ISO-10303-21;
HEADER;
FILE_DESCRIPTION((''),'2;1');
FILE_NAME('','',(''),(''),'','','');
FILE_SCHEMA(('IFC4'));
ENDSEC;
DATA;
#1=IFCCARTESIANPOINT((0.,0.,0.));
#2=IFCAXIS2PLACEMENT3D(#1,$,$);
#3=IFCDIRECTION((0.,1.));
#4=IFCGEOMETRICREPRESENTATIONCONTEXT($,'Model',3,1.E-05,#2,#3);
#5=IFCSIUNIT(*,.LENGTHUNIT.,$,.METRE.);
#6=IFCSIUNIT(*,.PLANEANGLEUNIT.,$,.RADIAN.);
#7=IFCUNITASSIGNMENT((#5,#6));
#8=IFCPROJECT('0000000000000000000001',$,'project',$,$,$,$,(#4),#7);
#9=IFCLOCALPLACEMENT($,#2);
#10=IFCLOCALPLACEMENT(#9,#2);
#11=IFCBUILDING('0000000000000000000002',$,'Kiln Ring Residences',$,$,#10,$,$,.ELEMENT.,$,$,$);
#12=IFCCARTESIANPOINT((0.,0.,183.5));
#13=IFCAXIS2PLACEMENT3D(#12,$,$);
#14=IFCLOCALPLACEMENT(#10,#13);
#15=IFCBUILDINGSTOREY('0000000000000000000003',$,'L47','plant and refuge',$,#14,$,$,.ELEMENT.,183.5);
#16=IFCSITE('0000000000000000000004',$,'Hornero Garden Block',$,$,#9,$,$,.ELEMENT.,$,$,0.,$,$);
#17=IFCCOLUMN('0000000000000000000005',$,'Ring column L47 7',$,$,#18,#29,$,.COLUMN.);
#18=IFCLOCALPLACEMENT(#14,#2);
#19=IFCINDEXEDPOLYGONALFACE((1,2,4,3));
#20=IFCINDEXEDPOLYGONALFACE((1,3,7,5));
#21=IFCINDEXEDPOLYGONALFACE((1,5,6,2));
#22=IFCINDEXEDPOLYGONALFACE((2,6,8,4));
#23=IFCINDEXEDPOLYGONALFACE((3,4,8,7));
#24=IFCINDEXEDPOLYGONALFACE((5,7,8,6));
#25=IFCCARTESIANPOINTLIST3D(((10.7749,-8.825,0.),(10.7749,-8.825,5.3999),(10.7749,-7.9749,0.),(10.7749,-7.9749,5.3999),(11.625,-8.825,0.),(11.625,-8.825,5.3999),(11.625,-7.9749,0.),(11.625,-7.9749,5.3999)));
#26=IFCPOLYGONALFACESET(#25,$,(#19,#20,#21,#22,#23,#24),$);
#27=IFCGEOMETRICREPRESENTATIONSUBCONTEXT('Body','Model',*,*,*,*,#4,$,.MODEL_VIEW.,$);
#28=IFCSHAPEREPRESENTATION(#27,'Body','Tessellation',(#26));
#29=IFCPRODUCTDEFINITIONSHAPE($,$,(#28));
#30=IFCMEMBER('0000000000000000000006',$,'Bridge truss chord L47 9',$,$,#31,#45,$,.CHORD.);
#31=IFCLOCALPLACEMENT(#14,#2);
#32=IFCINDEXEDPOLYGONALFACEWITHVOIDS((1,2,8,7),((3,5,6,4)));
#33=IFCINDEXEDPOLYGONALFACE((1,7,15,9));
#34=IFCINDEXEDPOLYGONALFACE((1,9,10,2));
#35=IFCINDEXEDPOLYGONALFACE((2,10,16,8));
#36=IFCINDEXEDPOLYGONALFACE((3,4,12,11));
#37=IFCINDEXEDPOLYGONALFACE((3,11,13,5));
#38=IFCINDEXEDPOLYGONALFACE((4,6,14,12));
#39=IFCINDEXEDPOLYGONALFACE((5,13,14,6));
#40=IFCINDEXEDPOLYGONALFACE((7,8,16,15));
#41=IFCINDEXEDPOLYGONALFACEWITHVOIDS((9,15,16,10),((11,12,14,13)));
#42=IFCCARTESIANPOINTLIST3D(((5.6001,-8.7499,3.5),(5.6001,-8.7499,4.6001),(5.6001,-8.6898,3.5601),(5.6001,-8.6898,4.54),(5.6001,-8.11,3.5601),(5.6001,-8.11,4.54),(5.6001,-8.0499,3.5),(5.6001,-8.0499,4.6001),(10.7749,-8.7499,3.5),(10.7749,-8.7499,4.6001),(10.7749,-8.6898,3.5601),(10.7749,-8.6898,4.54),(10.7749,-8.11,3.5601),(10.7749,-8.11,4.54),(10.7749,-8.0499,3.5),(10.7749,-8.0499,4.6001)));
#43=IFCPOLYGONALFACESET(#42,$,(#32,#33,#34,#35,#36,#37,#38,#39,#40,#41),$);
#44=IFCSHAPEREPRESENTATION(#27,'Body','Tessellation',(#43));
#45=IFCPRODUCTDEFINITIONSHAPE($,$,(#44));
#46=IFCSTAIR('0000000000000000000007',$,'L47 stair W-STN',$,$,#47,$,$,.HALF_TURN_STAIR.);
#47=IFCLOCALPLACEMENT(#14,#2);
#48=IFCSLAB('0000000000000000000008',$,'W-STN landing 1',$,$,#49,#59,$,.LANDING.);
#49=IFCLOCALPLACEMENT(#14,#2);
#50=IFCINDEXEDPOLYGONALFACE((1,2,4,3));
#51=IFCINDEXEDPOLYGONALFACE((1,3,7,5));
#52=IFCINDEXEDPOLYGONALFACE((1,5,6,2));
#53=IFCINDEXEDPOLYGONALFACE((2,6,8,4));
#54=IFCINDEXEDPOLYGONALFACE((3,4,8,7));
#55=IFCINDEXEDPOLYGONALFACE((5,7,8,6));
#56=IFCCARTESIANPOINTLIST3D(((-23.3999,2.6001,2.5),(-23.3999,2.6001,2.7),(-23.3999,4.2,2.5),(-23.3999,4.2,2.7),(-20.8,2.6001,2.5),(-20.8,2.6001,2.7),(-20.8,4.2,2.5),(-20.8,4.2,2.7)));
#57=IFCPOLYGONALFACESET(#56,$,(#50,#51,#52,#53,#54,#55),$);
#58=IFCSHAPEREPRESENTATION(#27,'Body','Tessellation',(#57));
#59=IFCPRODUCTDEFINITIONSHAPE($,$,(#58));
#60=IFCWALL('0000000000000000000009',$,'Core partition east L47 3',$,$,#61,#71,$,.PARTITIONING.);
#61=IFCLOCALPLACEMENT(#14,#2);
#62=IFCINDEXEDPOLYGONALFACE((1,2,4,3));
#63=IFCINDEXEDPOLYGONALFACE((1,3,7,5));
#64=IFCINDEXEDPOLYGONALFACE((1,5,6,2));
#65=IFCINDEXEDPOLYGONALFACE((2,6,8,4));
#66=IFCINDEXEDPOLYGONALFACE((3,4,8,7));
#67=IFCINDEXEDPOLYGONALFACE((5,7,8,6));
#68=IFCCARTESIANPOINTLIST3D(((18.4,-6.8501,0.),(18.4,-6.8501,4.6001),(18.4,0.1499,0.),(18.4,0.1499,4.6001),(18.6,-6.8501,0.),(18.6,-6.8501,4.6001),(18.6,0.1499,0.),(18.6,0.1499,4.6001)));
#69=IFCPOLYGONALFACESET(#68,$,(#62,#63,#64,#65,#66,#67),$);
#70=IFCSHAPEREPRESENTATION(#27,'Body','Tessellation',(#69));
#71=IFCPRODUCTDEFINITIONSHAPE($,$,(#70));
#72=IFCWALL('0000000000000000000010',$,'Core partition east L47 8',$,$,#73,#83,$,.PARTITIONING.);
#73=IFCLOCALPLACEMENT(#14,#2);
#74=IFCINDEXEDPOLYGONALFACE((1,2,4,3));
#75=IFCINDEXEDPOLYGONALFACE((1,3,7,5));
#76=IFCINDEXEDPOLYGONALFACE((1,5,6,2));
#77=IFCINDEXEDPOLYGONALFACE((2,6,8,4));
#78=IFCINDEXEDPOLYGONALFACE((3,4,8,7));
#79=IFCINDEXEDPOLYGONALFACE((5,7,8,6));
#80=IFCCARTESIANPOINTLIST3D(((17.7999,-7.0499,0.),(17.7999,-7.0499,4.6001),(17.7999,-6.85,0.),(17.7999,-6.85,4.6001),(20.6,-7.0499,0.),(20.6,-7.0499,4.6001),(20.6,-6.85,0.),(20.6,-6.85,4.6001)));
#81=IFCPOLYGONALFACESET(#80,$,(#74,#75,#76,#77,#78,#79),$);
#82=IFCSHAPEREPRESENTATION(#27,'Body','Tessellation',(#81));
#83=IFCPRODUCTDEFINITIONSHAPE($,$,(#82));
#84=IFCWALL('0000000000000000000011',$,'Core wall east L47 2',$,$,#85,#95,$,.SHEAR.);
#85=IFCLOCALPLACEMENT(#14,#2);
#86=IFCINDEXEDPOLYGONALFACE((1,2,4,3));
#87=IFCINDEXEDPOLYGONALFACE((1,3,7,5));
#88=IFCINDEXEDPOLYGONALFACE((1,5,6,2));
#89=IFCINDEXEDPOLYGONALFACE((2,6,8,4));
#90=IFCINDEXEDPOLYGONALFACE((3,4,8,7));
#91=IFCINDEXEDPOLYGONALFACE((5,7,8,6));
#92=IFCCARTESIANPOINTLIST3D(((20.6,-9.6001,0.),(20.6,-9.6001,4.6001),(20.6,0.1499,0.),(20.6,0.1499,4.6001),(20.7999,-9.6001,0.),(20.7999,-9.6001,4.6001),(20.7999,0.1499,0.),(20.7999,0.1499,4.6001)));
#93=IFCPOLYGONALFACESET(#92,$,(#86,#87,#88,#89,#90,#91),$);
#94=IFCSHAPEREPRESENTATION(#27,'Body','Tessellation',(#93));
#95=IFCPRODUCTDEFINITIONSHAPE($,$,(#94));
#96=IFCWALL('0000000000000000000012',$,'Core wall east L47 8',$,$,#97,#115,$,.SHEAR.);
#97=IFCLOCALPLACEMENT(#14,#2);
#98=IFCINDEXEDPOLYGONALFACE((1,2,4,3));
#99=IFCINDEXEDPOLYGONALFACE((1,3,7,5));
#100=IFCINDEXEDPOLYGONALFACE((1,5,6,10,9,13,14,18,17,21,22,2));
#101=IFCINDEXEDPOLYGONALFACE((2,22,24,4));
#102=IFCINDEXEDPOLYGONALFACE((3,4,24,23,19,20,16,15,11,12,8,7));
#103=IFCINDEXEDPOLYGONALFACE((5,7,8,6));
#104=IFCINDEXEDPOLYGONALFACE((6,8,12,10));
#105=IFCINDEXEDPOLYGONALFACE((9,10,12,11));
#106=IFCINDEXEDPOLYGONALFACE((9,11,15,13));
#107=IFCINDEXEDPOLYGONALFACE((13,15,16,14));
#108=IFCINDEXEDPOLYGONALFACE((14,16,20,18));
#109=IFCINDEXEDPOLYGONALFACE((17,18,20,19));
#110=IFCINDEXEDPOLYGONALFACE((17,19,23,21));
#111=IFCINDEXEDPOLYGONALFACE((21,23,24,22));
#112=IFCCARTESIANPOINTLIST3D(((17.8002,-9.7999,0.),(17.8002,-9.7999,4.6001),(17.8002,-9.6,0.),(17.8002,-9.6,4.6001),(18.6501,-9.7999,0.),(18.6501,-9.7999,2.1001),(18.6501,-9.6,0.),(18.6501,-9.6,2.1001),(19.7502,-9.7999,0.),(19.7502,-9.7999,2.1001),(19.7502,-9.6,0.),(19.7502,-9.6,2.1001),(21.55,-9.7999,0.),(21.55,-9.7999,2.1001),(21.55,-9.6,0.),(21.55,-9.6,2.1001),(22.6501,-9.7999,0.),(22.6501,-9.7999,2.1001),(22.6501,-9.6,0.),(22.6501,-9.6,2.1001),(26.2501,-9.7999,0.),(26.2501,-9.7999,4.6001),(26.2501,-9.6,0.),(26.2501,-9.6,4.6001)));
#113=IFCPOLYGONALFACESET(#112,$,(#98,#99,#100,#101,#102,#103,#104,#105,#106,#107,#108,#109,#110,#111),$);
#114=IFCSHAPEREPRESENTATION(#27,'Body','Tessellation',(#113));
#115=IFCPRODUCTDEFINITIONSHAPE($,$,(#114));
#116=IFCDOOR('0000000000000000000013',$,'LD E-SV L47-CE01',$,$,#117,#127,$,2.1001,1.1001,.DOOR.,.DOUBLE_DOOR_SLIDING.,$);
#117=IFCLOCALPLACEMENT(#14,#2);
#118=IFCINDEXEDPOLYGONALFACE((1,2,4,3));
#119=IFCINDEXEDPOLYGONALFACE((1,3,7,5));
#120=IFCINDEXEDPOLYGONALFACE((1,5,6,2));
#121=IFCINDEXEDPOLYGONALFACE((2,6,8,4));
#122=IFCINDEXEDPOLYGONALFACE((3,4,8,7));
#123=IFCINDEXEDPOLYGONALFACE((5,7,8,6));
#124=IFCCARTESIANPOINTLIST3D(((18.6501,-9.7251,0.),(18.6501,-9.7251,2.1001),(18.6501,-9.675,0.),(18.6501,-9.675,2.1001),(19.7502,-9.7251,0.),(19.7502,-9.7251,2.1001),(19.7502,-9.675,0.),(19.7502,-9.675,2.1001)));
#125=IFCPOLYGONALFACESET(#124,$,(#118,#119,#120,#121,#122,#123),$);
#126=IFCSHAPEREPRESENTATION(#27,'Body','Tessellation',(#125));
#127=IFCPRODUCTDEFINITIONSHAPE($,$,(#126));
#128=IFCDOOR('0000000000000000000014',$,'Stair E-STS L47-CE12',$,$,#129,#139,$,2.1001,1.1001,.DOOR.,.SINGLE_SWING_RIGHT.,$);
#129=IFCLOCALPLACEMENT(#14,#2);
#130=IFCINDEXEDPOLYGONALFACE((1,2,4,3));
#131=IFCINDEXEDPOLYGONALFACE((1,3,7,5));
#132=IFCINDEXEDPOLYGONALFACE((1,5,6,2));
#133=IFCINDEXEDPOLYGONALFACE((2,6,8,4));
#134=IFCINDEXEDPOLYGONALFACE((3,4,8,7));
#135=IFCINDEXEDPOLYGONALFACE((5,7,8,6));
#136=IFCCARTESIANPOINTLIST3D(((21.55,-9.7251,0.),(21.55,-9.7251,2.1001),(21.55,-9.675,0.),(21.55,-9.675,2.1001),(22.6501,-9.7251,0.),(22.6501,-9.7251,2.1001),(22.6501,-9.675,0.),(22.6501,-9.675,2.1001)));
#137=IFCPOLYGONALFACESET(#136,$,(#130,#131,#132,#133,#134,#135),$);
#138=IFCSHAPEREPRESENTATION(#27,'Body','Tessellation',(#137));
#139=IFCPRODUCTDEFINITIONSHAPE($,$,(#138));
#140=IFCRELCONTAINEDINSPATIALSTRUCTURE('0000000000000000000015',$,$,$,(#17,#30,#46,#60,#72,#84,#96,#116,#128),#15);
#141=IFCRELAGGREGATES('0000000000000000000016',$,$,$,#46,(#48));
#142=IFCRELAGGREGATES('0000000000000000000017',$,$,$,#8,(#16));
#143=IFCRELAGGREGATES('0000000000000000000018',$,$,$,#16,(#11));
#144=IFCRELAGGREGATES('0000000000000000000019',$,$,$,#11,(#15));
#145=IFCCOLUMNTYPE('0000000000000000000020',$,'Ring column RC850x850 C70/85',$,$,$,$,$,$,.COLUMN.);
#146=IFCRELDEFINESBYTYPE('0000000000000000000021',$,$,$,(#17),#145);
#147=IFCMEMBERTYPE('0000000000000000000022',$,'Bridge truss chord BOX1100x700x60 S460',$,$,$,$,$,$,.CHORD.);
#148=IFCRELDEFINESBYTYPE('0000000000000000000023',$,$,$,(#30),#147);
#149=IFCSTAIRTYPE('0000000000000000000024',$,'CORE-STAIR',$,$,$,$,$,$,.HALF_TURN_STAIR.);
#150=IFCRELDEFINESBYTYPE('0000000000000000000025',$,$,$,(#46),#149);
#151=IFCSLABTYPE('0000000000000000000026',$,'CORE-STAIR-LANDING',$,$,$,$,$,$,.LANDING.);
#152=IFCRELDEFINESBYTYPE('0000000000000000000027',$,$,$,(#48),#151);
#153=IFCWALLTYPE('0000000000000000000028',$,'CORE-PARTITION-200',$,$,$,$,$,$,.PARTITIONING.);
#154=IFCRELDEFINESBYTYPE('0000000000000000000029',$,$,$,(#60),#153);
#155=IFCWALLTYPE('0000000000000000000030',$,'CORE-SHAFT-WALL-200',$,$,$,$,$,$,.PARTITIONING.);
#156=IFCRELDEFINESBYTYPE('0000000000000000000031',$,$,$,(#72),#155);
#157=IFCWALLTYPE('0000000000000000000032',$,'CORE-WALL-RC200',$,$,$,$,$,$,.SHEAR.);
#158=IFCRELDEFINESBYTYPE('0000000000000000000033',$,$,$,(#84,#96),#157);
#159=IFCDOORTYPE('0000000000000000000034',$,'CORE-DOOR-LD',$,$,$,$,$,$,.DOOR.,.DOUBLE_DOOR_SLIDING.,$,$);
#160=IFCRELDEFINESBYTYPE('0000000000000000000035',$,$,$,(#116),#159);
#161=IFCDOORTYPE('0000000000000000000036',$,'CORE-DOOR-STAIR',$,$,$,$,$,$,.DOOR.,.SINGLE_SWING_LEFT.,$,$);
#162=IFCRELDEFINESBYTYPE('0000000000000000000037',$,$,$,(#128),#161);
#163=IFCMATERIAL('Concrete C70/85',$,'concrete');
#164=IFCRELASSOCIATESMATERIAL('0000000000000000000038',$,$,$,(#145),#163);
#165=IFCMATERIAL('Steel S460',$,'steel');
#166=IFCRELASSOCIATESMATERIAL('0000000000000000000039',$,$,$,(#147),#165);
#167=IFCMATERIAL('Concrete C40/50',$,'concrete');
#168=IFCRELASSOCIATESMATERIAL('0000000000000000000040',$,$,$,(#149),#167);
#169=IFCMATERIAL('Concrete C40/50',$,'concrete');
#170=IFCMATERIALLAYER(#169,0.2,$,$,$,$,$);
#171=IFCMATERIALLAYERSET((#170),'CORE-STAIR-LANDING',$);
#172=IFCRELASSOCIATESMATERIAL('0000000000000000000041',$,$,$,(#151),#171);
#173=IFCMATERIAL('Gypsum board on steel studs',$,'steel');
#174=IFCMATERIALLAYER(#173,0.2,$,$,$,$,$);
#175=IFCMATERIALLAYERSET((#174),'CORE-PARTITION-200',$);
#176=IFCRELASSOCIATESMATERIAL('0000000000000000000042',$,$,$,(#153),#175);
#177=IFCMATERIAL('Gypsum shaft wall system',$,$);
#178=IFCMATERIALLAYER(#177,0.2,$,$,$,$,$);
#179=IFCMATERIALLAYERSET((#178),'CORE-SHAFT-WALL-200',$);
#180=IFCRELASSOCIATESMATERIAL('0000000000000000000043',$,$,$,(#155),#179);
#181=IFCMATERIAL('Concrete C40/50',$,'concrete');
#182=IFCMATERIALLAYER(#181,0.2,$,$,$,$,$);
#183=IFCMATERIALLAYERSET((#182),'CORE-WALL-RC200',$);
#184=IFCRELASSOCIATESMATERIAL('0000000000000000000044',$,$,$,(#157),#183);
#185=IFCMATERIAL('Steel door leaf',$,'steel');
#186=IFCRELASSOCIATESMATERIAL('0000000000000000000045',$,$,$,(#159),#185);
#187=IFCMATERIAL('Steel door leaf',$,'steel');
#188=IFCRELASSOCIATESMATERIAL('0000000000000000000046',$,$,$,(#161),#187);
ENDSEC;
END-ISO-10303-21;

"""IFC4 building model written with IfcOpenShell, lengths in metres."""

from ifc_helpers import new_model, si_unit, direction, frame, frame_2d, origin, origin_2d, place, context, subcontext, project, spatial, polyline, rectangle, hollow_rectangle, outline, extrude, material, layer, layer_set, material_profile, profile_set, type_object, element, fill, aggregate, save


model = new_model("IFC4")

# Units and contexts
model_context = context("Model", 3, precision=1e-05, world=origin(), true_north=direction((0.0, 1.0)))
body_context = subcontext(model_context, "Body", "Model", "MODEL_VIEW")
ifc_project = project(units=[si_unit("LENGTHUNIT", "METRE"), si_unit("PLANEANGLEUNIT", "RADIAN")], contexts=[model_context])

# Site, building, storey
site_placement = place(None, origin())
site = spatial("IfcSite", under=ifc_project, at=site_placement, Name="Hornero Garden Block", CompositionType="ELEMENT", RefElevation=0.0)
building_placement = place(site_placement, origin())
building = spatial("IfcBuilding", under=site, at=building_placement, Name="Kiln Ring Residences", CompositionType="ELEMENT")
storey_placement = place(building_placement, frame((0.0, 0.0, 183.5)))
storey = spatial("IfcBuildingStorey", under=building, at=storey_placement, Name="L47", Description="plant and refuge", CompositionType="ELEMENT", Elevation=183.5)

# Column
ifc_material_1 = material(Name="Concrete C70/85", Category="concrete")
ifc_material_profile_1 = material_profile(ifc_material_1, rectangle(XDim=0.8501, YDim=0.8501, at=origin_2d()), Name="RC850x850")
ifc_profile_set_1 = profile_set([ifc_material_profile_1], Name="Concrete C70/85")
column_type = type_object("IfcColumnType", Name="Ring column RC850x850 C70/85", PredefinedType="COLUMN", material=ifc_profile_set_1)
column_placement = place(storey_placement, frame((11.2, -8.3999, 0.0), z_axis=(0.0, 0.0, 1.0), x_axis=(1.0, 0.0, 0.0)))
element("IfcColumn", 1, at=column_placement, inside=storey, type_object=column_type, Name="Ring column L47 7", PredefinedType="COLUMN", context=body_context, shape_type="SweptSolid", body=[
    extrude(rectangle(XDim=0.8501, YDim=0.8501, at=origin_2d()), origin(), (0.0, 0.0, 1.0), 5.3999),
])

# Member
ifc_material_2 = material(Name="Steel S460", Category="steel")
ifc_material_profile_2 = material_profile(ifc_material_2, hollow_rectangle(XDim=0.7, YDim=1.1001, WallThickness=0.0601, at=origin_2d()), Name="BOX1100x700x60")
ifc_profile_set_2 = profile_set([ifc_material_profile_2], Name="Steel S460")
member_type = type_object("IfcMemberType", Name="Bridge truss chord BOX1100x700x60 S460", PredefinedType="CHORD", material=ifc_profile_set_2)
member_placement = place(storey_placement, frame((5.6001, -8.3999, 4.05), z_axis=(1.0, 0.0, 0.0), x_axis=(0.0, 1.0, 0.0)))
element("IfcMember", 2, at=member_placement, inside=storey, type_object=member_type, Name="Bridge truss chord L47 9", PredefinedType="CHORD", context=body_context, shape_type="SweptSolid", body=[
    extrude(hollow_rectangle(XDim=0.7, YDim=1.1001, WallThickness=0.0601, at=origin_2d()), origin(), (0.0, 0.0, 1.0), 5.1748),
])

# Stair, slab
ifc_material_3 = material(Name="Concrete C40/50", Category="concrete")
stair_type = type_object("IfcStairType", Name="CORE-STAIR", PredefinedType="HALF_TURN_STAIR", material=ifc_material_3)
stair_placement = place(storey_placement, origin())
stair = element("IfcStair", 3, at=stair_placement, inside=storey, type_object=stair_type, Name="L47 stair W-STN", PredefinedType="HALF_TURN_STAIR")
ifc_material_4 = material(Name="Concrete C40/50", Category="concrete")
ifc_layer_1 = layer(ifc_material_4, 0.2)
ifc_layer_set_1 = layer_set([ifc_layer_1], Name="CORE-STAIR-LANDING")
slab_type = type_object("IfcSlabType", Name="CORE-STAIR-LANDING", PredefinedType="LANDING", material=ifc_layer_set_1)
slab_placement = place(storey_placement, frame((0.0, 0.0, 2.5)))
slab = element("IfcSlab", 4, at=slab_placement, type_object=slab_type, Name="W-STN landing 1", PredefinedType="LANDING", context=body_context, shape_type="SweptSolid", body=[
    extrude(outline(polyline([(-23.3999, 4.2), (-23.3999, 2.6001), (-20.8, 2.6001), (-20.8, 4.2), (-23.3999, 4.2)])), origin(), (0.0, 0.0, 1.0), 0.2),
])
aggregate(stair, [slab])

# Walls
ifc_material_5 = material(Name="Gypsum board on steel studs", Category="steel")
ifc_layer_2 = layer(ifc_material_5, 0.2)
ifc_layer_set_2 = layer_set([ifc_layer_2], Name="CORE-PARTITION-200")
wall_type_1 = type_object("IfcWallType", Name="CORE-PARTITION-200", PredefinedType="PARTITIONING", material=ifc_layer_set_2)
wall_1_placement = place(storey_placement, frame((18.5, -6.8501, 0.0), z_axis=(0.0, 0.0, 1.0), x_axis=(0.0, 1.0, 0.0)))
element("IfcWall", 5, at=wall_1_placement, inside=storey, type_object=wall_type_1, Name="Core partition east L47 3", PredefinedType="PARTITIONING", context=body_context, shape_type="SweptSolid", body=[
    extrude(rectangle(XDim=7.0, YDim=0.2, at=frame_2d((3.5, 0.0))), origin(), (0.0, 0.0, 1.0), 4.6001),
])
ifc_material_6 = material(Name="Gypsum shaft wall system")
ifc_layer_3 = layer(ifc_material_6, 0.2)
ifc_layer_set_3 = layer_set([ifc_layer_3], Name="CORE-SHAFT-WALL-200")
wall_type_2 = type_object("IfcWallType", Name="CORE-SHAFT-WALL-200", PredefinedType="PARTITIONING", material=ifc_layer_set_3)
wall_2_placement = place(storey_placement, frame((17.8, -6.95, 0.0), z_axis=(0.0, 0.0, 1.0), x_axis=(1.0, 0.0, 0.0)))
element("IfcWall", 6, at=wall_2_placement, inside=storey, type_object=wall_type_2, Name="Core partition east L47 8", PredefinedType="PARTITIONING", context=body_context, shape_type="SweptSolid", body=[
    extrude(rectangle(XDim=2.8, YDim=0.2, at=frame_2d((1.3999, 0.0))), origin(), (0.0, 0.0, 1.0), 4.6001),
])
ifc_material_7 = material(Name="Concrete C40/50", Category="concrete")
ifc_layer_4 = layer(ifc_material_7, 0.2)
ifc_layer_set_4 = layer_set([ifc_layer_4], Name="CORE-WALL-RC200")
wall_type_3 = type_object("IfcWallType", Name="CORE-WALL-RC200", PredefinedType="SHEAR", material=ifc_layer_set_4)
wall_3_placement = place(storey_placement, frame((20.7, -9.6001, 0.0), z_axis=(0.0, 0.0, 1.0), x_axis=(0.0, 1.0, 0.0)))
element("IfcWall", 7, at=wall_3_placement, inside=storey, type_object=wall_type_3, Name="Core wall east L47 2", PredefinedType="SHEAR", context=body_context, shape_type="SweptSolid", body=[
    extrude(rectangle(XDim=9.75, YDim=0.2, at=frame_2d((4.875, 0.0))), origin(), (0.0, 0.0, 1.0), 4.6001),
])

# Wall, openings, doors
wall_4_placement = place(storey_placement, frame((17.8, -9.7, 0.0), z_axis=(0.0, 0.0, 1.0), x_axis=(1.0, 0.0, 0.0)))
wall_4 = element("IfcWall", 8, at=wall_4_placement, inside=storey, type_object=wall_type_3, Name="Core wall east L47 8", PredefinedType="SHEAR", context=body_context, shape_type="SweptSolid", body=[
    extrude(rectangle(XDim=8.45, YDim=0.2, at=frame_2d((4.2251, 0.0))), origin(), (0.0, 0.0, 1.0), 4.6001),
])
opening_1_placement = place(wall_4_placement, frame((0.8501, 0.0, 0.0)))
opening_1 = element("IfcOpeningElement", 9, at=opening_1_placement, cuts=wall_4, PredefinedType="OPENING", context=body_context, shape_type="SweptSolid", body=[
    extrude(rectangle(XDim=1.1001, YDim=2.1001, at=frame_2d((0.55, 1.05))), frame((0.0, 0.1099, 0.0), z_axis=(0.0, -1.0, 0.0), x_axis=(1.0, 0.0, 0.0)), (0.0, 0.0, 1.0), 0.22),
])
opening_2_placement = place(wall_4_placement, frame((3.75, 0.0, 0.0)))
opening_2 = element("IfcOpeningElement", 10, at=opening_2_placement, cuts=wall_4, PredefinedType="OPENING", context=body_context, shape_type="SweptSolid", body=[
    extrude(rectangle(XDim=1.1001, YDim=2.1001, at=frame_2d((0.55, 1.05))), frame((0.0, 0.1099, 0.0), z_axis=(0.0, -1.0, 0.0), x_axis=(1.0, 0.0, 0.0)), (0.0, 0.0, 1.0), 0.22),
])
ifc_material_8 = material(Name="Steel door leaf", Category="steel")
door_type_1 = type_object("IfcDoorType", Name="CORE-DOOR-LD", OperationType="DOUBLE_DOOR_SLIDING", PredefinedType="DOOR", material=ifc_material_8)
door_1_placement = place(opening_1_placement, origin())
door_1 = element("IfcDoor", 11, at=door_1_placement, inside=storey, type_object=door_type_1, Name="LD E-SV L47-CE01", OperationType="DOUBLE_DOOR_SLIDING", OverallHeight=2.1001, OverallWidth=1.1001, PredefinedType="DOOR", context=body_context, shape_type="SweptSolid", body=[
    extrude(rectangle(XDim=1.1001, YDim=2.1001, at=frame_2d((0.55, 1.05))), frame((0.0, 0.0249, 0.0), z_axis=(0.0, -1.0, 0.0), x_axis=(1.0, 0.0, 0.0)), (0.0, 0.0, 1.0), 0.05),
])
fill(opening_1, door_1)
ifc_material_9 = material(Name="Steel door leaf", Category="steel")
door_type_2 = type_object("IfcDoorType", Name="CORE-DOOR-STAIR", OperationType="SINGLE_SWING_LEFT", PredefinedType="DOOR", material=ifc_material_9)
door_2_placement = place(opening_2_placement, origin())
door_2 = element("IfcDoor", 12, at=door_2_placement, inside=storey, type_object=door_type_2, Name="Stair E-STS L47-CE12", OperationType="SINGLE_SWING_RIGHT", OverallHeight=2.1001, OverallWidth=1.1001, PredefinedType="DOOR", context=body_context, shape_type="SweptSolid", body=[
    extrude(rectangle(XDim=1.1001, YDim=2.1001, at=frame_2d((0.55, 1.05))), frame((0.0, 0.0249, 0.0), z_axis=(0.0, -1.0, 0.0), x_axis=(1.0, 0.0, 0.0)), (0.0, 0.0, 1.0), 0.05),
])
fill(opening_2, door_2)

save(model, "model.ifc")
